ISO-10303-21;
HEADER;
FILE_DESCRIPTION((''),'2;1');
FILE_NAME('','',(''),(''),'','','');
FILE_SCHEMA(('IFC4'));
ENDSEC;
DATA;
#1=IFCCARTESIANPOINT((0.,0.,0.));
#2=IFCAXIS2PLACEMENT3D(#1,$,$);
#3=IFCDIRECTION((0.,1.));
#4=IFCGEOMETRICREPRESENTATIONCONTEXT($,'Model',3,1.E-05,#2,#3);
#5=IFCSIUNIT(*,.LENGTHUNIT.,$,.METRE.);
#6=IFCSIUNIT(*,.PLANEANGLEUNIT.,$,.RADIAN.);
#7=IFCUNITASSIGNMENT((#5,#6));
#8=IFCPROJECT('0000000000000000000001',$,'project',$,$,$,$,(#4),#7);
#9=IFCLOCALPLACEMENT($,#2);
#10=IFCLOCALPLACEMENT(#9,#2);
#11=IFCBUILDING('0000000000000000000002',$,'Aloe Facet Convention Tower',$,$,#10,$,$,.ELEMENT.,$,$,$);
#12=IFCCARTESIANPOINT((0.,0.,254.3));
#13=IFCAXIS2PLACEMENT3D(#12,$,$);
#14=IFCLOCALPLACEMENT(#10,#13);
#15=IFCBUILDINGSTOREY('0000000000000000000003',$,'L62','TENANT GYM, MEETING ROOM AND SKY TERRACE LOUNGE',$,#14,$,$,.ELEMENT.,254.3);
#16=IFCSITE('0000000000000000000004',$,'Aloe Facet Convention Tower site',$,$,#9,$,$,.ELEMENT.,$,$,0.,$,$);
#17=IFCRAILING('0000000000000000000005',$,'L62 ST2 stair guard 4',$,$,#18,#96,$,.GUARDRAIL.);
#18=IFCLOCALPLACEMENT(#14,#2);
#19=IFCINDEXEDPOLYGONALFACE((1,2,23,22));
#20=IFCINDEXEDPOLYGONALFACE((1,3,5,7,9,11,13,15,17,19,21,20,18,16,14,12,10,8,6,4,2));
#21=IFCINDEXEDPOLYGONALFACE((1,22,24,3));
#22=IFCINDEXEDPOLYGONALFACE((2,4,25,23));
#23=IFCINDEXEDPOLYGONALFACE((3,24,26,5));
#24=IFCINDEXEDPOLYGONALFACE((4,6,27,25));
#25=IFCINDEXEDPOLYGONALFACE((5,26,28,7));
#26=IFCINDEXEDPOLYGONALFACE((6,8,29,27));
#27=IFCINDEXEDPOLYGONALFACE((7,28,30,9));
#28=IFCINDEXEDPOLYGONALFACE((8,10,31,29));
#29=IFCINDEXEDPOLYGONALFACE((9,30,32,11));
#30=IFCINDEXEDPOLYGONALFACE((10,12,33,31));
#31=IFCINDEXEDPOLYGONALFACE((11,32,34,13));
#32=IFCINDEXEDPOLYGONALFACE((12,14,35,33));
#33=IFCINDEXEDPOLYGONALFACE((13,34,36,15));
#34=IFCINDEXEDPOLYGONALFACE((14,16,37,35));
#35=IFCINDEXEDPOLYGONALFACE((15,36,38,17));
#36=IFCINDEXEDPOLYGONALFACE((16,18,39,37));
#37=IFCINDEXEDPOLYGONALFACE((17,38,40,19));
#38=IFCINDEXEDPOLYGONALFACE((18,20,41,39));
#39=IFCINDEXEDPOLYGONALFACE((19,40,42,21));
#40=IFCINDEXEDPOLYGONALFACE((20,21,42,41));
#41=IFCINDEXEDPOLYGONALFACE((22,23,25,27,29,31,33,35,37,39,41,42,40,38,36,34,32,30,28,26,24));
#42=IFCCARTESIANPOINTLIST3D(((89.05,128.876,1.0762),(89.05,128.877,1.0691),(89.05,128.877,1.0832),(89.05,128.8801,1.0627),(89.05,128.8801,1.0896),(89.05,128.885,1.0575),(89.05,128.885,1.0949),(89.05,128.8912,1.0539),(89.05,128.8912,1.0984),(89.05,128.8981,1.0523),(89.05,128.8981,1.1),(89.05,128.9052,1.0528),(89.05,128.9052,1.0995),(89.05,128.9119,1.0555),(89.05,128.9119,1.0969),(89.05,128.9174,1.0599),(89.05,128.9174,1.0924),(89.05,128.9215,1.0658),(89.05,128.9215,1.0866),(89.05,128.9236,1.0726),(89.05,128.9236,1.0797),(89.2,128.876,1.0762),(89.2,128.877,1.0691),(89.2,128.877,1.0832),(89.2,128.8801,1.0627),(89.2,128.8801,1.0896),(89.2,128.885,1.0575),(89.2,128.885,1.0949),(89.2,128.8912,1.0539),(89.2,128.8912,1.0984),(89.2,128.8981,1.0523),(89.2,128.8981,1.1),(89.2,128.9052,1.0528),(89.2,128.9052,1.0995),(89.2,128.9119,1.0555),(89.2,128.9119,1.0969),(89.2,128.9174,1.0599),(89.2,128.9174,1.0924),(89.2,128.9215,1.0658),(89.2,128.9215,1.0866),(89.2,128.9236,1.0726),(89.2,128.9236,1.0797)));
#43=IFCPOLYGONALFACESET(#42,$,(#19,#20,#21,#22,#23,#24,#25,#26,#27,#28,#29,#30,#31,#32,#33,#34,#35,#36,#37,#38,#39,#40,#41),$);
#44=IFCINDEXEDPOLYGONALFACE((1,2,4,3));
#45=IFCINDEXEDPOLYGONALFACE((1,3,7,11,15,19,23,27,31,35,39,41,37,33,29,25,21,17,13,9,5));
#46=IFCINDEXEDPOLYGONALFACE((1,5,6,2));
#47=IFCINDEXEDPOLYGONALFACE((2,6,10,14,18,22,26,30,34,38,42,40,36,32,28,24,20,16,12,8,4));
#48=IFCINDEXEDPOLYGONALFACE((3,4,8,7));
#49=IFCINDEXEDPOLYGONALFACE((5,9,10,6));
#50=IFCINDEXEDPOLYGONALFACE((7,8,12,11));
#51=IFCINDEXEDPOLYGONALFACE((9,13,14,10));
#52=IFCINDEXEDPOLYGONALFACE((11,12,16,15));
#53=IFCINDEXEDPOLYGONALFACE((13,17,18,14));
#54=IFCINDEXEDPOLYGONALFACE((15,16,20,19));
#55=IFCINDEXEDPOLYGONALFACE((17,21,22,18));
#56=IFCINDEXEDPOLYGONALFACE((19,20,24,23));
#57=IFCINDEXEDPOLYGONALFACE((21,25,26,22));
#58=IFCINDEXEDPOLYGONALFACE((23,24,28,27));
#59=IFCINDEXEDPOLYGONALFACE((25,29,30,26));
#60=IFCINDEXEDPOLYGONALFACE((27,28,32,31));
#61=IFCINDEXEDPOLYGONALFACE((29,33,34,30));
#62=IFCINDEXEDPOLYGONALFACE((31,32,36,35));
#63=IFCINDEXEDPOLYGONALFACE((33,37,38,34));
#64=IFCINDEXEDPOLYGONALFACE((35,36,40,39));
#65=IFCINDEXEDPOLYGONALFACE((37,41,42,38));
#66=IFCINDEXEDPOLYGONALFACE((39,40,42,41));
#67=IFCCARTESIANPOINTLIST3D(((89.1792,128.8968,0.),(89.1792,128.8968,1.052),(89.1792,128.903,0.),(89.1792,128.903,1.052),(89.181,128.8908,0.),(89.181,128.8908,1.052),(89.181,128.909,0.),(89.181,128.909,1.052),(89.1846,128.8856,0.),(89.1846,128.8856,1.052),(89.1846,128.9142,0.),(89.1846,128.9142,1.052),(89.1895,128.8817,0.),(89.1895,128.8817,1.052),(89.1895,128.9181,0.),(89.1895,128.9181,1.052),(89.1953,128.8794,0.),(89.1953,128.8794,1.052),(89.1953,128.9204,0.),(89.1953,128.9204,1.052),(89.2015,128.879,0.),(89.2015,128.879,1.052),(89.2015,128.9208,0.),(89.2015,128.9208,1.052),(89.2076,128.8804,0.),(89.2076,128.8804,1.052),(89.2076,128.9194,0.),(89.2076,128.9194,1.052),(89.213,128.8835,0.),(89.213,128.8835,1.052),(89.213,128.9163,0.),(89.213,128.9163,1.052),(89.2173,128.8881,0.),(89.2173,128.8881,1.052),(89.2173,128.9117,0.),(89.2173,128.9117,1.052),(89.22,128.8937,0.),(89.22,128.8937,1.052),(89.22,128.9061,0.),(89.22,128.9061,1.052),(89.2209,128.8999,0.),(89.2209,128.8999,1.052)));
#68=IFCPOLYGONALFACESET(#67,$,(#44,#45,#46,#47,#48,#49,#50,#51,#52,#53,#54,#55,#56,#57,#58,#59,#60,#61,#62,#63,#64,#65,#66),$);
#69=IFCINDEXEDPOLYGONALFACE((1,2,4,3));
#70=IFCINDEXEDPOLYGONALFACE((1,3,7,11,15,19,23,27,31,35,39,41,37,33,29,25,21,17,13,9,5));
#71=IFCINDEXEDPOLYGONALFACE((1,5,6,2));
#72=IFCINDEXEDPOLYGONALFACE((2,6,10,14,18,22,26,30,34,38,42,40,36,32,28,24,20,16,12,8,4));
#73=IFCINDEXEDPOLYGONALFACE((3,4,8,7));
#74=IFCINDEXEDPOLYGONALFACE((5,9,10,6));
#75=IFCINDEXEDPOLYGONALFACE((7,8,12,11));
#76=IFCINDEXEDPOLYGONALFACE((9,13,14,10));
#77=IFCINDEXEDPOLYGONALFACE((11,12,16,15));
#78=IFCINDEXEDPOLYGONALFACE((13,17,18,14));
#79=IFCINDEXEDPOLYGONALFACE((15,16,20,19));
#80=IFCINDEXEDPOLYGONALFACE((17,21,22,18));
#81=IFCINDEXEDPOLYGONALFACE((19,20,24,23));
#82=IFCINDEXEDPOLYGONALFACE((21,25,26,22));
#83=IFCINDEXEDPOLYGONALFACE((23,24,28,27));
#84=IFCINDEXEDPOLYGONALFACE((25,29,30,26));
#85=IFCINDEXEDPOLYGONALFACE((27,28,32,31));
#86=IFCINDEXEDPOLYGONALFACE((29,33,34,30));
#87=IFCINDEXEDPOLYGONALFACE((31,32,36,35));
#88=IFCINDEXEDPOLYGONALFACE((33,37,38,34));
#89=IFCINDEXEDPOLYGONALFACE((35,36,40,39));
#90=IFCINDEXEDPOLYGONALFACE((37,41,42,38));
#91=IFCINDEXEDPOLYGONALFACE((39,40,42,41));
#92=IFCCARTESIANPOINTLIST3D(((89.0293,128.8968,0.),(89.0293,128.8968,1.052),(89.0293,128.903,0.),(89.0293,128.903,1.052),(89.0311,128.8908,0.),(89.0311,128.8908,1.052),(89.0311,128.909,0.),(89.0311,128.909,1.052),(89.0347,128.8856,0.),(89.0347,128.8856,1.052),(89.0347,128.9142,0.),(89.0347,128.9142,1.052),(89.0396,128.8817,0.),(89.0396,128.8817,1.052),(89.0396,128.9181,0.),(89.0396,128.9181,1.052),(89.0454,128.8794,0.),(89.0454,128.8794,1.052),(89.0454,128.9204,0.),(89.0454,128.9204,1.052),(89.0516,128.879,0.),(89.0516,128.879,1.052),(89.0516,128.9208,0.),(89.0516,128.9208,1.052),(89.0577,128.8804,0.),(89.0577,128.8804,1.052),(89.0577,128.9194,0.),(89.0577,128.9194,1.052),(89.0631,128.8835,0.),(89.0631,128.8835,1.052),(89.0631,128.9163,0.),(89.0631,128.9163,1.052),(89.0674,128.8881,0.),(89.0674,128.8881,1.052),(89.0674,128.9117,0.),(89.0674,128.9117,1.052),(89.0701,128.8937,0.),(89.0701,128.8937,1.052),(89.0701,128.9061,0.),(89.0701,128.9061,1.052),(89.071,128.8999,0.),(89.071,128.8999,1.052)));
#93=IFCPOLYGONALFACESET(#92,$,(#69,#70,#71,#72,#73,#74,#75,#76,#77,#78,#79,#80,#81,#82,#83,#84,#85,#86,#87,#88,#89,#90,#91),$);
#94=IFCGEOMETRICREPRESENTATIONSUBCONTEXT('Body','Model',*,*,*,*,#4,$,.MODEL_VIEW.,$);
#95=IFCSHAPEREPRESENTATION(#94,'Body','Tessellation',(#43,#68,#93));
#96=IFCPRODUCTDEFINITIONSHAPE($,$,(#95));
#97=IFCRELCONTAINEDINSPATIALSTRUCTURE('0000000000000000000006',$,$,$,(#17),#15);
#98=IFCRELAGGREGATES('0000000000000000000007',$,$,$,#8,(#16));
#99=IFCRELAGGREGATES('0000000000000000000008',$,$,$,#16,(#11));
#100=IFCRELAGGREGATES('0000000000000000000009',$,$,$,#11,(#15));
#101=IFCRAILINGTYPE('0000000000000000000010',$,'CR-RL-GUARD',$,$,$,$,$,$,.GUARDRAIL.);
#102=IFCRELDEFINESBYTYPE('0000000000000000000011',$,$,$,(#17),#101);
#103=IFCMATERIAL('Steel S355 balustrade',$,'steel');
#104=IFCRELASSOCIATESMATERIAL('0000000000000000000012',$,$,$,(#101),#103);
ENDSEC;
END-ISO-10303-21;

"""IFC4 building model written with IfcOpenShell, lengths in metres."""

from ifc_helpers import new_model, si_unit, direction, frame, origin, origin_2d, place, context, subcontext, project, spatial, circle, extrude, material, type_object, element, save


model = new_model("IFC4")

# Units and contexts
model_context = context("Model", 3, precision=1e-05, world=origin(), true_north=direction((0.0, 1.0)))
body_context = subcontext(model_context, "Body", "Model", "MODEL_VIEW")
ifc_project = project(units=[si_unit("LENGTHUNIT", "METRE"), si_unit("PLANEANGLEUNIT", "RADIAN")], contexts=[model_context])

# Site, building, storey
site_placement = place(None, origin())
site = spatial("IfcSite", under=ifc_project, at=site_placement, Name="Aloe Facet Convention Tower site", CompositionType="ELEMENT", RefElevation=0.0)
building_placement = place(site_placement, origin())
building = spatial("IfcBuilding", under=site, at=building_placement, Name="Aloe Facet Convention Tower", CompositionType="ELEMENT")
storey_placement = place(building_placement, frame((0.0, 0.0, 254.3)))
storey = spatial("IfcBuildingStorey", under=building, at=storey_placement, Name="L62", Description="TENANT GYM, MEETING ROOM AND SKY TERRACE LOUNGE", CompositionType="ELEMENT", Elevation=254.3)

# Railing
ifc_material_1 = material(Name="Steel S355 balustrade", Category="steel")
railing_type_1 = type_object("IfcRailingType", Name="CR-RL-GUARD", PredefinedType="GUARDRAIL", material=ifc_material_1)
railing_1_placement = place(storey_placement, frame((89.2, 128.8999, 0.0)))
element("IfcRailing", 1, at=railing_1_placement, inside=storey, type_object=railing_type_1, Name="L62 ST2 stair guard 4", PredefinedType="GUARDRAIL", context=body_context, shape_type="SweptSolid", body=[
    extrude(circle(Radius=0.0239, at=origin_2d()), frame((0.0, 0.0, 1.0762), z_axis=(-1.0, 0.0, 0.0), x_axis=(0.0, -1.0, 0.0)), (0.0, 0.0, 1.0), 0.1499),
    extrude(circle(Radius=0.021, at=origin_2d()), origin(), (0.0, 0.0, 1.0), 1.052),
    extrude(circle(Radius=0.021, at=origin_2d()), frame((-0.1499, 0.0, 0.0)), (0.0, 0.0, 1.0), 1.052),
])

save(model, "model.ifc")
